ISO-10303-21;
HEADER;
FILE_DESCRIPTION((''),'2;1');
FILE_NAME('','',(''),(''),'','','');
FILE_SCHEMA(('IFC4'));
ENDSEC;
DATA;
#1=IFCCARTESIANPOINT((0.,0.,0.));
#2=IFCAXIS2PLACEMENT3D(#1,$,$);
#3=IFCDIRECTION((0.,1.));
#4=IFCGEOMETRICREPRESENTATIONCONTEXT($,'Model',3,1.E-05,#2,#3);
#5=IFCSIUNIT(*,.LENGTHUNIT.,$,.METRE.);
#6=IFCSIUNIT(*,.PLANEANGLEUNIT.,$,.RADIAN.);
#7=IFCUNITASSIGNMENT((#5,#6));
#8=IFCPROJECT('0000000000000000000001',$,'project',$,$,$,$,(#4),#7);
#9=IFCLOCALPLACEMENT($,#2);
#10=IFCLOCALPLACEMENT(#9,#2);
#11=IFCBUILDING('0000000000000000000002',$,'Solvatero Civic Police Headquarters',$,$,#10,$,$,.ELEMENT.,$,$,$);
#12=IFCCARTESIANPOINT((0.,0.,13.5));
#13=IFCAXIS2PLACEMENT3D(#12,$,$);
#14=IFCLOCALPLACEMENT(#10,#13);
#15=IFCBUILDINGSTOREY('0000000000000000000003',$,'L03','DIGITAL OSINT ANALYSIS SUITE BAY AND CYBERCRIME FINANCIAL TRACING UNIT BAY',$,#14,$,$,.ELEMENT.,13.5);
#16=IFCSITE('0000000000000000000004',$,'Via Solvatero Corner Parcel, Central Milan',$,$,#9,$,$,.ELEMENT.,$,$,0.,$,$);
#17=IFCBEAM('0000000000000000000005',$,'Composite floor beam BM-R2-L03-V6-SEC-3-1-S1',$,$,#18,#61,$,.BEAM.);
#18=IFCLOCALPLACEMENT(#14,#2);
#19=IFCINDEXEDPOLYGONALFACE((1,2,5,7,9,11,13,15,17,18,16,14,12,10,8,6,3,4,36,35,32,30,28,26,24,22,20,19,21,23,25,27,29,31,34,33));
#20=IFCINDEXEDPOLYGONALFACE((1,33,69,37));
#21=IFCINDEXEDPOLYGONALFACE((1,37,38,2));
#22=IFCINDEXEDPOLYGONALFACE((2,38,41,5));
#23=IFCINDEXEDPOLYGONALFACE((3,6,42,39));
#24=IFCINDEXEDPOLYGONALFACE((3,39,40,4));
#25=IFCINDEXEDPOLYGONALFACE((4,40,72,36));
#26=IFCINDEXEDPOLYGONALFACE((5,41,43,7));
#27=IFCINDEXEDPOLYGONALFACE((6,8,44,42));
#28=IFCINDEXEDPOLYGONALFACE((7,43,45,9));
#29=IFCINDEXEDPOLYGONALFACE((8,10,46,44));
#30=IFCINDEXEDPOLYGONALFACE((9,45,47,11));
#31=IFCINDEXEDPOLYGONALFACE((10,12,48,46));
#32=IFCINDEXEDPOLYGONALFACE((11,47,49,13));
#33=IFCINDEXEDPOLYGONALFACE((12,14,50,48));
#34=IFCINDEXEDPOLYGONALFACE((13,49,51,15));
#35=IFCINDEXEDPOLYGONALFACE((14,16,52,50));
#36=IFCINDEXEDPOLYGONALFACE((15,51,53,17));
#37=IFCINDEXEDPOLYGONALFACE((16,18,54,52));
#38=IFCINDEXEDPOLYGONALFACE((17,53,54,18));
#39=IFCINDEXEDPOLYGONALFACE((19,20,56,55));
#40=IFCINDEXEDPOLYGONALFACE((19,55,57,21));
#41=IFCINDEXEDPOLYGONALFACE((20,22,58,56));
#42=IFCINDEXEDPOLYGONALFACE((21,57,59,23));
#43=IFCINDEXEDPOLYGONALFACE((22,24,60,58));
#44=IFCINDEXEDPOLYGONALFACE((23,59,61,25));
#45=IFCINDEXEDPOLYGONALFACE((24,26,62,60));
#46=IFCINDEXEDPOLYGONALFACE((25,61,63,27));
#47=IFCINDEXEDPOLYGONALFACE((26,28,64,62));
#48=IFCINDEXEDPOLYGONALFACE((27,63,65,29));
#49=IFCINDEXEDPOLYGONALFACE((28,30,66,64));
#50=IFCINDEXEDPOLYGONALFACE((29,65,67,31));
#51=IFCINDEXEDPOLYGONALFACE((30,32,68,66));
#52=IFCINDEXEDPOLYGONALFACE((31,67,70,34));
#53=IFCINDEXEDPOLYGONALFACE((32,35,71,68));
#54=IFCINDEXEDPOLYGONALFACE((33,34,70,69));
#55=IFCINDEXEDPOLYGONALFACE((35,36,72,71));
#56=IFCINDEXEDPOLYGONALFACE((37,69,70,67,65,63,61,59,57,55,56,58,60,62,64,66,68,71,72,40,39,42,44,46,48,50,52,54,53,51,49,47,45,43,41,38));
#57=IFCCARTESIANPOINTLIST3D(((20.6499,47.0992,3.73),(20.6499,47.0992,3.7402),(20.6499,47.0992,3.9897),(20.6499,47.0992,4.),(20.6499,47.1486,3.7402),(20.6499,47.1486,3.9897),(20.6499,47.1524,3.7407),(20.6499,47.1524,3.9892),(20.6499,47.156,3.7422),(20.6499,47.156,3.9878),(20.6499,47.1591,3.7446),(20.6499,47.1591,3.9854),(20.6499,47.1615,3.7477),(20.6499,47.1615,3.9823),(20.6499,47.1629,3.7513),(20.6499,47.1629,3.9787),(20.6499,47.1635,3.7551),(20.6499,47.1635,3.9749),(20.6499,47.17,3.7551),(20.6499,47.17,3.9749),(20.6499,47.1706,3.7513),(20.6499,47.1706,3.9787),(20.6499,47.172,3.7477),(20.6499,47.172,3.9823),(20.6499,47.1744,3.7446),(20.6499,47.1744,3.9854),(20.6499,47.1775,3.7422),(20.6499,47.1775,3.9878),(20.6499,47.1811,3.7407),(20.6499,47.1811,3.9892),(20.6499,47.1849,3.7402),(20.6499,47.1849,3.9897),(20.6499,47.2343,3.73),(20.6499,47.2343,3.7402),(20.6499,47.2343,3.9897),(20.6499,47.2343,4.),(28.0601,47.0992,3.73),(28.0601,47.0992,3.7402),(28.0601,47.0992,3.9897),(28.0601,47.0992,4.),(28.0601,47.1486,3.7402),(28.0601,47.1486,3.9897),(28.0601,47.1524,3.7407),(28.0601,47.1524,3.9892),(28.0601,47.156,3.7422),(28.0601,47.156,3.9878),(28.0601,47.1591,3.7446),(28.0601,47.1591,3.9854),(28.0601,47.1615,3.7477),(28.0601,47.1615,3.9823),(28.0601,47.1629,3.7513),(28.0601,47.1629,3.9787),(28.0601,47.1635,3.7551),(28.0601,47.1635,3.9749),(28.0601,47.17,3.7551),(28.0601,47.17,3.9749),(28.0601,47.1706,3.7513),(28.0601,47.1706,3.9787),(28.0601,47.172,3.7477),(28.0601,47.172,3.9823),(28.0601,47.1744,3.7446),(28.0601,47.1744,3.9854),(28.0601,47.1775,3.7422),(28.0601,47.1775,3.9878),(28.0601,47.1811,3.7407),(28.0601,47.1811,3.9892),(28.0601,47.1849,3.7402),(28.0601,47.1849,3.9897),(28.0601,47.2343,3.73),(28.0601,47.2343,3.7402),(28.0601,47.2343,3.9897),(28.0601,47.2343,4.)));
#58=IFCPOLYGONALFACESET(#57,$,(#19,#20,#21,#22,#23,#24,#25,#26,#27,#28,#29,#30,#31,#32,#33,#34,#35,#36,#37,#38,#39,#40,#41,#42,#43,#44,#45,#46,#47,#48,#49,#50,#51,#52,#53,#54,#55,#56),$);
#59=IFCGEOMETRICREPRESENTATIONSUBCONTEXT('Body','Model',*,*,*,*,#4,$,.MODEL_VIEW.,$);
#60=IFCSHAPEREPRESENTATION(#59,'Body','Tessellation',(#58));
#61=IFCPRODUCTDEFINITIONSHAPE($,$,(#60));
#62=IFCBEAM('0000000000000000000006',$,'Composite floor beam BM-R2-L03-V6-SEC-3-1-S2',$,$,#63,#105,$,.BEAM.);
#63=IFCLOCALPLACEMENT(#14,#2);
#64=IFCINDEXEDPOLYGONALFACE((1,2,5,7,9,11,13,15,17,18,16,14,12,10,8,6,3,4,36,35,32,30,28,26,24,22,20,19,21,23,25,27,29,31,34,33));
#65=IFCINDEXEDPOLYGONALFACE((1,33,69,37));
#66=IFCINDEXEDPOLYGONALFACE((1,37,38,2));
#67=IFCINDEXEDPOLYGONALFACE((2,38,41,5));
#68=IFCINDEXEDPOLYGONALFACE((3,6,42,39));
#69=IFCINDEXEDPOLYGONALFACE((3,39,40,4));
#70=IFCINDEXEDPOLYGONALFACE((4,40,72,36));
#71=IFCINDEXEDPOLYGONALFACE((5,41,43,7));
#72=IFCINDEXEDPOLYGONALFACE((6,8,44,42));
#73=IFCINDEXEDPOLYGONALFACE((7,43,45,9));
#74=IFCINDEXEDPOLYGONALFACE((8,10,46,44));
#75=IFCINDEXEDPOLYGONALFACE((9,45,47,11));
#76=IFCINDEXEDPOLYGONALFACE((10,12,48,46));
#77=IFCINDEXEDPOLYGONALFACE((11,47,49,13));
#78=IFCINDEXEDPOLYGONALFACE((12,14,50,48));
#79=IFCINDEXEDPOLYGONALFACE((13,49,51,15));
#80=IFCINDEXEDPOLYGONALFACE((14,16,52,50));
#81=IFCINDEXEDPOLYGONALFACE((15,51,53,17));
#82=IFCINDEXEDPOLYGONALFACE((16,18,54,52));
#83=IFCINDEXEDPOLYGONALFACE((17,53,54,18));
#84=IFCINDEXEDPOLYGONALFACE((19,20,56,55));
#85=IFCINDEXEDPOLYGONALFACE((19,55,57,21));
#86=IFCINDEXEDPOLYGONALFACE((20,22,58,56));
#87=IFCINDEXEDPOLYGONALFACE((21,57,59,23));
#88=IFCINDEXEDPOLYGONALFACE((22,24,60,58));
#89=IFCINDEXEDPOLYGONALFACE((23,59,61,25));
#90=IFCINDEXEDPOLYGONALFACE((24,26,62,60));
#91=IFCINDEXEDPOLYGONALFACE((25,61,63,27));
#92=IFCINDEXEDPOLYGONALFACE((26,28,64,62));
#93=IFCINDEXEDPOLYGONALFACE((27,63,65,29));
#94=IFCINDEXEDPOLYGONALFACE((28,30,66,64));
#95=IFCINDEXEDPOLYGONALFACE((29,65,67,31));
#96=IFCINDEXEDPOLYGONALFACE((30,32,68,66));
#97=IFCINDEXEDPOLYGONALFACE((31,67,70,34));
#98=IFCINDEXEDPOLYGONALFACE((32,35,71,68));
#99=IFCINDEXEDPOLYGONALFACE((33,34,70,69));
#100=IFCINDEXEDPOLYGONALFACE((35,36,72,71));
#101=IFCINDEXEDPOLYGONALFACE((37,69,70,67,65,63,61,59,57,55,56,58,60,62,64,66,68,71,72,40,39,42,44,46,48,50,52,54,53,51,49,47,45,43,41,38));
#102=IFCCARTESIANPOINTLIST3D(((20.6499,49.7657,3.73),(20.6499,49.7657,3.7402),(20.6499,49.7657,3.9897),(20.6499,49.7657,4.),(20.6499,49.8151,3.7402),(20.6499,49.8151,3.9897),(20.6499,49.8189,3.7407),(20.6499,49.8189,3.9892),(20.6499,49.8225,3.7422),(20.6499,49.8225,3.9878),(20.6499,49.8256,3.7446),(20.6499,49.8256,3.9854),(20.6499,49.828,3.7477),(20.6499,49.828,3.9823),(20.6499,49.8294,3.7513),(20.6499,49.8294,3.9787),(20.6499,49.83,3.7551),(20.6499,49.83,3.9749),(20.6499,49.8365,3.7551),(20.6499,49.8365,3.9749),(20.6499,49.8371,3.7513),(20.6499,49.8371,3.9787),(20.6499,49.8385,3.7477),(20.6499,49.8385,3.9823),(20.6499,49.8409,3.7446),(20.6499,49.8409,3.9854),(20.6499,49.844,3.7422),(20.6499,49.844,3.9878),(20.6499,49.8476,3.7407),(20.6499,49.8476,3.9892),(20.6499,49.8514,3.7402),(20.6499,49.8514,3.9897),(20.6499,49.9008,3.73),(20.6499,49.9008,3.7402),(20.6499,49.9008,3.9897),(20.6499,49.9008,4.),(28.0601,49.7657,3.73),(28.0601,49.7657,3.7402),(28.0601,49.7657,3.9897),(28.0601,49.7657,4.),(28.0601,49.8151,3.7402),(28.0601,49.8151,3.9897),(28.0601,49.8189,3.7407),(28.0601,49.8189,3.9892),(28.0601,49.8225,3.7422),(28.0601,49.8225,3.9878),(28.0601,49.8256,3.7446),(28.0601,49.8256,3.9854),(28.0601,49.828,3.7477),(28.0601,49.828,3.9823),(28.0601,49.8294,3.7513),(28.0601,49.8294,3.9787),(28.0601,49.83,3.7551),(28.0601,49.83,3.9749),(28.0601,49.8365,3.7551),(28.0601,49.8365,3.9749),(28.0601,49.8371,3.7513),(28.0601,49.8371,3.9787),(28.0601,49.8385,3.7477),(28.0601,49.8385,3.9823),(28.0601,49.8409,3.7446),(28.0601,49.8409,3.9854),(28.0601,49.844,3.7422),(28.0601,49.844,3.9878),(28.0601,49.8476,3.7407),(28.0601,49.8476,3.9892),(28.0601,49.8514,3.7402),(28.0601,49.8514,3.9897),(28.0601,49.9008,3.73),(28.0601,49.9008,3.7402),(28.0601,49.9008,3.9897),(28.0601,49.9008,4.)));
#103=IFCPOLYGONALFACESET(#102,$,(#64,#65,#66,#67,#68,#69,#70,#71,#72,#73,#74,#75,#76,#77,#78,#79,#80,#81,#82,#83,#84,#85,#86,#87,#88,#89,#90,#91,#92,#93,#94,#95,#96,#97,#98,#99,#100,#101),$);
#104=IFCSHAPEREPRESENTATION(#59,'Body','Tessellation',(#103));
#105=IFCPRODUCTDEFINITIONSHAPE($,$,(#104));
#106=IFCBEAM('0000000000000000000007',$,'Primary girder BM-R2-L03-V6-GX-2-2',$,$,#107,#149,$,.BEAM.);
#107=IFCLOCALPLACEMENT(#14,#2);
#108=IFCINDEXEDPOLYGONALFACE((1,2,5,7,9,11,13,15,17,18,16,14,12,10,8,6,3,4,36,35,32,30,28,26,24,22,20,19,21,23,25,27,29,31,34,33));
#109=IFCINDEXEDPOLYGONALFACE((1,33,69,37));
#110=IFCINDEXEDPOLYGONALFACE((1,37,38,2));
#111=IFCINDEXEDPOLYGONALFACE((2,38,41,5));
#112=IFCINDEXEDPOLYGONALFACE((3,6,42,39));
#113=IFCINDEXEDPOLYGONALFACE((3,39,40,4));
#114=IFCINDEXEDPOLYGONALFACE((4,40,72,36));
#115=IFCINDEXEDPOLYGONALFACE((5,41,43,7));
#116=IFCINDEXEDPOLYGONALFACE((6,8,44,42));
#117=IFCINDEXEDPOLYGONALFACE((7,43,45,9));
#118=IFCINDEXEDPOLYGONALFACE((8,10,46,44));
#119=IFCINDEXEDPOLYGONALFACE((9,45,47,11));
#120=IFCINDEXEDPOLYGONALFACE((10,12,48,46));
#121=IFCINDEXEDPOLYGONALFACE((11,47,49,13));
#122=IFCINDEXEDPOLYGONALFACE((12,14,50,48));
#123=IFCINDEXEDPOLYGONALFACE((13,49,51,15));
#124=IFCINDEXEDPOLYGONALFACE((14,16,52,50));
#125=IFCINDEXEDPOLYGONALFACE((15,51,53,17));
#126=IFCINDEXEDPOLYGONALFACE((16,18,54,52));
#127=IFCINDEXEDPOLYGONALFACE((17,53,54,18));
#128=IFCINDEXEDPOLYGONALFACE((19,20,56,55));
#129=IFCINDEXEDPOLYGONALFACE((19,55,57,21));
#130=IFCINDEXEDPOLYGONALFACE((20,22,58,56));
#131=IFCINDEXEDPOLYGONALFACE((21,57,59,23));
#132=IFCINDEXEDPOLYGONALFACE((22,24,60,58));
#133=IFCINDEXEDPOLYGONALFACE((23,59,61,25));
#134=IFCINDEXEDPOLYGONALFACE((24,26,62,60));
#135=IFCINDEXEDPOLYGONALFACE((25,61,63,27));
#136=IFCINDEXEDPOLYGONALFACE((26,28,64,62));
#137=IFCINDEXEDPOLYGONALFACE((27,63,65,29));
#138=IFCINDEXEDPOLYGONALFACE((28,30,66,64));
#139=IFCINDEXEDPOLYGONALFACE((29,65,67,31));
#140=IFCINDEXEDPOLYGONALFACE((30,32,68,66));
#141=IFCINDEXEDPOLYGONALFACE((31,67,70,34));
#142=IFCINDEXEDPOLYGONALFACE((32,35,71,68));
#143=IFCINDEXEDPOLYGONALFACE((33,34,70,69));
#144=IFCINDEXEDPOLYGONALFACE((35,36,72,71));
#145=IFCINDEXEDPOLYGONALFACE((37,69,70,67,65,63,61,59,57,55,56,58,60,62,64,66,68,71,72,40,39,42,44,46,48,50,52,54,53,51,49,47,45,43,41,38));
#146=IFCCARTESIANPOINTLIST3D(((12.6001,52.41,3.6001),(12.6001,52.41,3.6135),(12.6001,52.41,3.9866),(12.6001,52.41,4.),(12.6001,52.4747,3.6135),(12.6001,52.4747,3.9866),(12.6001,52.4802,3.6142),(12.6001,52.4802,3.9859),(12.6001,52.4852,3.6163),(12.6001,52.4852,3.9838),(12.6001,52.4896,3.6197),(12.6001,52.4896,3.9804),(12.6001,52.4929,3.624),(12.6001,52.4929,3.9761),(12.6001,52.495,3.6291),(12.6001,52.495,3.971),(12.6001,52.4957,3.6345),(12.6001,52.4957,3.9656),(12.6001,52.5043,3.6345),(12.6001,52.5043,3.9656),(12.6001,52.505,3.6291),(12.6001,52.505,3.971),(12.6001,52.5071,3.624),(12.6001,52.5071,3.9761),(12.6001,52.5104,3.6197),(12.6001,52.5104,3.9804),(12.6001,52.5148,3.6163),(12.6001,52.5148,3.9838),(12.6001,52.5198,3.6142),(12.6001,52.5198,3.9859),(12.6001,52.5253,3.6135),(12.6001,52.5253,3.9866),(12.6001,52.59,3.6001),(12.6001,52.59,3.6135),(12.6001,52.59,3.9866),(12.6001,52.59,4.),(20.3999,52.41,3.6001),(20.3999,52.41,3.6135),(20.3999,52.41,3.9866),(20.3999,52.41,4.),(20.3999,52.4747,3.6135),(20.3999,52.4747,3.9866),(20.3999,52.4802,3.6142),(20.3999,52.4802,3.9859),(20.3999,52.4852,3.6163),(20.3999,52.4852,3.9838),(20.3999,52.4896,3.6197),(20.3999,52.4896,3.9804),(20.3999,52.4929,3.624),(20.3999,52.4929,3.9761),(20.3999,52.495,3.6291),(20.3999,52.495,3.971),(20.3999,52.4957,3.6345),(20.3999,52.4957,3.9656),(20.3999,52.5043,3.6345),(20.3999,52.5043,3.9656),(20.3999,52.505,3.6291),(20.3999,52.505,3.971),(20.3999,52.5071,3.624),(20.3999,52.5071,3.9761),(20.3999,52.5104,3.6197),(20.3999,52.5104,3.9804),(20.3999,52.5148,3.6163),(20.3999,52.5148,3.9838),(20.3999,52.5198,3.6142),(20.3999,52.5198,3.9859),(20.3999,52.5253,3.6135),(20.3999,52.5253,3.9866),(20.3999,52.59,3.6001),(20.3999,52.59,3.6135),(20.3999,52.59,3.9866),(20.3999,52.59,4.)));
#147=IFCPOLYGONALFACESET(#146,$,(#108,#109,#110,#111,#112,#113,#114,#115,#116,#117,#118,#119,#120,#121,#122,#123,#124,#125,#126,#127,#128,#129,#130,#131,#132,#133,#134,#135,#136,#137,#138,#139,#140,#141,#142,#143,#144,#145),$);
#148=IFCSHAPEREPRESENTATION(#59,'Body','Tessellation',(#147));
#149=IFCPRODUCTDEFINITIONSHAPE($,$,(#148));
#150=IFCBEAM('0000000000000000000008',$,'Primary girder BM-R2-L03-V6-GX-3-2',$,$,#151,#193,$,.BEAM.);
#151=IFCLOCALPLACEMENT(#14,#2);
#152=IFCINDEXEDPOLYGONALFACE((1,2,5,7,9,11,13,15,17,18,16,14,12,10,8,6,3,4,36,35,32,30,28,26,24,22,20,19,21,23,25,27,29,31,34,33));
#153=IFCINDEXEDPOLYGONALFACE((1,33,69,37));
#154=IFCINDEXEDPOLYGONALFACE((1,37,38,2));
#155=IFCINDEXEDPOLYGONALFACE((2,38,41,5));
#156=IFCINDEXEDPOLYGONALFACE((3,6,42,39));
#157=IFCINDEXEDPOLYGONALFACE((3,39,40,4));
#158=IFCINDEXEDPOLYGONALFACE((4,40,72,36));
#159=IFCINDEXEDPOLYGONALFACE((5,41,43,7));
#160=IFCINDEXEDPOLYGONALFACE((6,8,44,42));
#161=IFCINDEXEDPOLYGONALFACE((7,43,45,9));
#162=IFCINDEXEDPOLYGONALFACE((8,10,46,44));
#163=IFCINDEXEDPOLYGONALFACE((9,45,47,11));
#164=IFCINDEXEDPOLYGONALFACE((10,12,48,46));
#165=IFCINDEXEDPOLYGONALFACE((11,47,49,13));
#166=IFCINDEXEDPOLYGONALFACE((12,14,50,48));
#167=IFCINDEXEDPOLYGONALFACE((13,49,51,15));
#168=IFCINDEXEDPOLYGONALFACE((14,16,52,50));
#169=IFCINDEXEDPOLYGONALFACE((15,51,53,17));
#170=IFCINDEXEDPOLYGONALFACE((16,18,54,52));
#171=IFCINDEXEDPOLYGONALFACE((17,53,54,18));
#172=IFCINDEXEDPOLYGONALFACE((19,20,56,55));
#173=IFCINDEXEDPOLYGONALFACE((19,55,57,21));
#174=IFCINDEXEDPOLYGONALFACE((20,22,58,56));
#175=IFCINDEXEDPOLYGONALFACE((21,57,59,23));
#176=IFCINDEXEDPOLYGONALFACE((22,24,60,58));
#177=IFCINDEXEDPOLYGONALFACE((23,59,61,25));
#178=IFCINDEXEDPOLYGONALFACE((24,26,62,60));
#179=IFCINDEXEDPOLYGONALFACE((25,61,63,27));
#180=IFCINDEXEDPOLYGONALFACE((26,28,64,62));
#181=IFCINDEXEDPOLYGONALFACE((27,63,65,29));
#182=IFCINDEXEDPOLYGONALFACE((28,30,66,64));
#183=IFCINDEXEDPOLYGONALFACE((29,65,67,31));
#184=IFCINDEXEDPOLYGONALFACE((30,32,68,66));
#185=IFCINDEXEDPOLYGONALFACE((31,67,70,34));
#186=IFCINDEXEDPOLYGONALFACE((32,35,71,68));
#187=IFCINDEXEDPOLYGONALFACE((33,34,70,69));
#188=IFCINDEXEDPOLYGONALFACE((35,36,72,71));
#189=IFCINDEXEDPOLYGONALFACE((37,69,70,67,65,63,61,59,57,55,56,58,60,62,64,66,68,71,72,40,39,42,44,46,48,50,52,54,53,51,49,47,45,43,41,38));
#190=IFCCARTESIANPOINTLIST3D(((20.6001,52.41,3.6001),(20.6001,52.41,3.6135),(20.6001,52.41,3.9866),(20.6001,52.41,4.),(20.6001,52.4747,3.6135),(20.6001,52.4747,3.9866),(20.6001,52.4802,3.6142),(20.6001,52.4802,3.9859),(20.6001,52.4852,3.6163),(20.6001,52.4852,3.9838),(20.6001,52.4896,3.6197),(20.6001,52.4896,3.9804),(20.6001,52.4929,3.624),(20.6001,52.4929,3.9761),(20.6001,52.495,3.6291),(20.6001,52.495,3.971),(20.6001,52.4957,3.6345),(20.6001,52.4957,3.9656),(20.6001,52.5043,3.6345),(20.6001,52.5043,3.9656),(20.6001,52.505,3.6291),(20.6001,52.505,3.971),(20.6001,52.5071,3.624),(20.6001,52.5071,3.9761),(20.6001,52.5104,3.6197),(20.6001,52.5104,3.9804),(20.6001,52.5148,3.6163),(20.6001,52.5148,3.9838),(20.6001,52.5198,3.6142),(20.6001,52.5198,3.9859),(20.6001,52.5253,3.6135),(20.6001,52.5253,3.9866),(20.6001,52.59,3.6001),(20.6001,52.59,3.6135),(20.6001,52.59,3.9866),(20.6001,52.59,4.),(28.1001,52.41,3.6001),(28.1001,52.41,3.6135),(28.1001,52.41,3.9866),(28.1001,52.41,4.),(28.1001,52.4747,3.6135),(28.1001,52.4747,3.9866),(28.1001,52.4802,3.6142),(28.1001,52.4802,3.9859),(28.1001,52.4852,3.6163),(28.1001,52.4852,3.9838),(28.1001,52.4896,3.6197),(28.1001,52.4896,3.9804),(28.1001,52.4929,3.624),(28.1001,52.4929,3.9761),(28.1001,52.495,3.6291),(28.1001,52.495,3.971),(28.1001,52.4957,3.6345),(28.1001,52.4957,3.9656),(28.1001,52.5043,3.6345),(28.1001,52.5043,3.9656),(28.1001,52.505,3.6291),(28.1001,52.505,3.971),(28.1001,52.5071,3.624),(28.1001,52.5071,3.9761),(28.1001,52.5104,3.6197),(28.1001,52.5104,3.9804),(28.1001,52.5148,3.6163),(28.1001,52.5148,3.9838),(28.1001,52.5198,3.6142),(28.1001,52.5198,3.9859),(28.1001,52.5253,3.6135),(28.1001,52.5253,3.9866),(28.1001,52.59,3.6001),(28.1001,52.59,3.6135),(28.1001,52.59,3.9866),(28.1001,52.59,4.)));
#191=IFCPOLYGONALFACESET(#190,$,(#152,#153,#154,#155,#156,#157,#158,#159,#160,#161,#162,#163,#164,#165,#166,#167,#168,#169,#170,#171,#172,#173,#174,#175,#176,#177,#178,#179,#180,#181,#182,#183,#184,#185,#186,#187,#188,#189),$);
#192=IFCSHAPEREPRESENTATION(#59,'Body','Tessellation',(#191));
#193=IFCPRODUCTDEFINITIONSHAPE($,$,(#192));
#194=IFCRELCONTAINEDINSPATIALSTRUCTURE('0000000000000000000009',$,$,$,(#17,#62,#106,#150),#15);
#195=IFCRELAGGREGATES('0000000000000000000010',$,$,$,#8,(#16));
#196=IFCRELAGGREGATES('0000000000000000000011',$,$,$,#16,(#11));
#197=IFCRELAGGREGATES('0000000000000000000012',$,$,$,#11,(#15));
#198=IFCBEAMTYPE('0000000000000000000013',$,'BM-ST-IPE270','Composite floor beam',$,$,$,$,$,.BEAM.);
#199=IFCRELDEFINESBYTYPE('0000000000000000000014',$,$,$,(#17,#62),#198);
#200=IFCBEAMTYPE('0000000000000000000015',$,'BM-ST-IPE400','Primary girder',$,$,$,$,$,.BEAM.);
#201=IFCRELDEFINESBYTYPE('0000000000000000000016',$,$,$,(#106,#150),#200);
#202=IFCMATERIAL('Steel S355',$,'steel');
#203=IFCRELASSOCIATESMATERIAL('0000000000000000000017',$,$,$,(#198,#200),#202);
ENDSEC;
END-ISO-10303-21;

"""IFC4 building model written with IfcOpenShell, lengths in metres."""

from ifc_helpers import new_model, si_unit, direction, frame, origin, origin_2d, place, context, subcontext, project, spatial, i_section, extrude, material, material_profile, profile_set, type_object, element, save


model = new_model("IFC4")

# Units and contexts
model_context = context("Model", 3, precision=1e-05, world=origin(), true_north=direction((0.0, 1.0)))
body_context = subcontext(model_context, "Body", "Model", "MODEL_VIEW")
ifc_project = project(units=[si_unit("LENGTHUNIT", "METRE"), si_unit("PLANEANGLEUNIT", "RADIAN")], contexts=[model_context])

# Site, building, storey
site_placement = place(None, origin())
site = spatial("IfcSite", under=ifc_project, at=site_placement, Name="Via Solvatero Corner Parcel, Central Milan", CompositionType="ELEMENT", RefElevation=0.0)
building_placement = place(site_placement, origin())
building = spatial("IfcBuilding", under=site, at=building_placement, Name="Solvatero Civic Police Headquarters", CompositionType="ELEMENT")
storey_placement = place(building_placement, frame((0.0, 0.0, 13.5)))
storey = spatial("IfcBuildingStorey", under=building, at=storey_placement, Name="L03", Description="DIGITAL OSINT ANALYSIS SUITE BAY AND CYBERCRIME FINANCIAL TRACING UNIT BAY", CompositionType="ELEMENT", Elevation=13.5)

# Shared definitions
ifc_material_1 = material(Name="Steel S355", Category="steel")

# Beams
ifc_material_profile_1 = material_profile(ifc_material_1, i_section(OverallWidth=0.135, OverallDepth=0.27, WebThickness=0.0066, FlangeThickness=0.0103, FilletRadius=0.0149, at=origin_2d()), Name="IPE 270")
ifc_profile_set_1 = profile_set([ifc_material_profile_1], Name="Steel S355")
beam_type_1 = type_object("IfcBeamType", Name="BM-ST-IPE270", Description="Composite floor beam", PredefinedType="BEAM", material=ifc_profile_set_1)
for number, where, z_axis, x_axis, name in (
    (1, (20.6499, 47.1667, 3.865), (1.0, 0.0, 0.0), (0.0, 1.0, 0.0), "Composite floor beam BM-R2-L03-V6-SEC-3-1-S1"),
    (2, (20.6499, 49.8333, 3.865), (1.0, 0.0, 0.0), (0.0, 1.0, 0.0), "Composite floor beam BM-R2-L03-V6-SEC-3-1-S2"),
):
    element("IfcBeam", number, at=place(storey_placement, frame(where, z_axis=z_axis, x_axis=x_axis)), inside=storey, type_object=beam_type_1, Name=name, PredefinedType="BEAM", context=body_context, shape_type="SweptSolid", body=[
        extrude(i_section(OverallWidth=0.135, OverallDepth=0.27, WebThickness=0.0066, FlangeThickness=0.0103, FilletRadius=0.0149, at=origin_2d()), origin(), (0.0, 0.0, 1.0), 7.4102),
    ])
ifc_material_profile_2 = material_profile(ifc_material_1, i_section(OverallWidth=0.1799, OverallDepth=0.3999, WebThickness=0.0085, FlangeThickness=0.0134, FilletRadius=0.021, at=origin_2d()), Name="IPE 400")
ifc_profile_set_2 = profile_set([ifc_material_profile_2], Name="Steel S355")
beam_type_2 = type_object("IfcBeamType", Name="BM-ST-IPE400", Description="Primary girder", PredefinedType="BEAM", material=ifc_profile_set_2)
beam_1_placement = place(storey_placement, frame((12.6001, 52.5, 3.8), z_axis=(1.0, 0.0, 0.0), x_axis=(0.0, 1.0, 0.0)))
element("IfcBeam", 3, at=beam_1_placement, inside=storey, type_object=beam_type_2, Name="Primary girder BM-R2-L03-V6-GX-2-2", PredefinedType="BEAM", context=body_context, shape_type="SweptSolid", body=[
    extrude(i_section(OverallWidth=0.1799, OverallDepth=0.3999, WebThickness=0.0085, FlangeThickness=0.0134, FilletRadius=0.021, at=origin_2d()), origin(), (0.0, 0.0, 1.0), 7.7998),
])
beam_2_placement = place(storey_placement, frame((20.6001, 52.5, 3.8), z_axis=(1.0, 0.0, 0.0), x_axis=(0.0, 1.0, 0.0)))
element("IfcBeam", 4, at=beam_2_placement, inside=storey, type_object=beam_type_2, Name="Primary girder BM-R2-L03-V6-GX-3-2", PredefinedType="BEAM", context=body_context, shape_type="SweptSolid", body=[
    extrude(i_section(OverallWidth=0.1799, OverallDepth=0.3999, WebThickness=0.0085, FlangeThickness=0.0134, FilletRadius=0.021, at=origin_2d()), origin(), (0.0, 0.0, 1.0), 7.5),
])

save(model, "model.ifc")
